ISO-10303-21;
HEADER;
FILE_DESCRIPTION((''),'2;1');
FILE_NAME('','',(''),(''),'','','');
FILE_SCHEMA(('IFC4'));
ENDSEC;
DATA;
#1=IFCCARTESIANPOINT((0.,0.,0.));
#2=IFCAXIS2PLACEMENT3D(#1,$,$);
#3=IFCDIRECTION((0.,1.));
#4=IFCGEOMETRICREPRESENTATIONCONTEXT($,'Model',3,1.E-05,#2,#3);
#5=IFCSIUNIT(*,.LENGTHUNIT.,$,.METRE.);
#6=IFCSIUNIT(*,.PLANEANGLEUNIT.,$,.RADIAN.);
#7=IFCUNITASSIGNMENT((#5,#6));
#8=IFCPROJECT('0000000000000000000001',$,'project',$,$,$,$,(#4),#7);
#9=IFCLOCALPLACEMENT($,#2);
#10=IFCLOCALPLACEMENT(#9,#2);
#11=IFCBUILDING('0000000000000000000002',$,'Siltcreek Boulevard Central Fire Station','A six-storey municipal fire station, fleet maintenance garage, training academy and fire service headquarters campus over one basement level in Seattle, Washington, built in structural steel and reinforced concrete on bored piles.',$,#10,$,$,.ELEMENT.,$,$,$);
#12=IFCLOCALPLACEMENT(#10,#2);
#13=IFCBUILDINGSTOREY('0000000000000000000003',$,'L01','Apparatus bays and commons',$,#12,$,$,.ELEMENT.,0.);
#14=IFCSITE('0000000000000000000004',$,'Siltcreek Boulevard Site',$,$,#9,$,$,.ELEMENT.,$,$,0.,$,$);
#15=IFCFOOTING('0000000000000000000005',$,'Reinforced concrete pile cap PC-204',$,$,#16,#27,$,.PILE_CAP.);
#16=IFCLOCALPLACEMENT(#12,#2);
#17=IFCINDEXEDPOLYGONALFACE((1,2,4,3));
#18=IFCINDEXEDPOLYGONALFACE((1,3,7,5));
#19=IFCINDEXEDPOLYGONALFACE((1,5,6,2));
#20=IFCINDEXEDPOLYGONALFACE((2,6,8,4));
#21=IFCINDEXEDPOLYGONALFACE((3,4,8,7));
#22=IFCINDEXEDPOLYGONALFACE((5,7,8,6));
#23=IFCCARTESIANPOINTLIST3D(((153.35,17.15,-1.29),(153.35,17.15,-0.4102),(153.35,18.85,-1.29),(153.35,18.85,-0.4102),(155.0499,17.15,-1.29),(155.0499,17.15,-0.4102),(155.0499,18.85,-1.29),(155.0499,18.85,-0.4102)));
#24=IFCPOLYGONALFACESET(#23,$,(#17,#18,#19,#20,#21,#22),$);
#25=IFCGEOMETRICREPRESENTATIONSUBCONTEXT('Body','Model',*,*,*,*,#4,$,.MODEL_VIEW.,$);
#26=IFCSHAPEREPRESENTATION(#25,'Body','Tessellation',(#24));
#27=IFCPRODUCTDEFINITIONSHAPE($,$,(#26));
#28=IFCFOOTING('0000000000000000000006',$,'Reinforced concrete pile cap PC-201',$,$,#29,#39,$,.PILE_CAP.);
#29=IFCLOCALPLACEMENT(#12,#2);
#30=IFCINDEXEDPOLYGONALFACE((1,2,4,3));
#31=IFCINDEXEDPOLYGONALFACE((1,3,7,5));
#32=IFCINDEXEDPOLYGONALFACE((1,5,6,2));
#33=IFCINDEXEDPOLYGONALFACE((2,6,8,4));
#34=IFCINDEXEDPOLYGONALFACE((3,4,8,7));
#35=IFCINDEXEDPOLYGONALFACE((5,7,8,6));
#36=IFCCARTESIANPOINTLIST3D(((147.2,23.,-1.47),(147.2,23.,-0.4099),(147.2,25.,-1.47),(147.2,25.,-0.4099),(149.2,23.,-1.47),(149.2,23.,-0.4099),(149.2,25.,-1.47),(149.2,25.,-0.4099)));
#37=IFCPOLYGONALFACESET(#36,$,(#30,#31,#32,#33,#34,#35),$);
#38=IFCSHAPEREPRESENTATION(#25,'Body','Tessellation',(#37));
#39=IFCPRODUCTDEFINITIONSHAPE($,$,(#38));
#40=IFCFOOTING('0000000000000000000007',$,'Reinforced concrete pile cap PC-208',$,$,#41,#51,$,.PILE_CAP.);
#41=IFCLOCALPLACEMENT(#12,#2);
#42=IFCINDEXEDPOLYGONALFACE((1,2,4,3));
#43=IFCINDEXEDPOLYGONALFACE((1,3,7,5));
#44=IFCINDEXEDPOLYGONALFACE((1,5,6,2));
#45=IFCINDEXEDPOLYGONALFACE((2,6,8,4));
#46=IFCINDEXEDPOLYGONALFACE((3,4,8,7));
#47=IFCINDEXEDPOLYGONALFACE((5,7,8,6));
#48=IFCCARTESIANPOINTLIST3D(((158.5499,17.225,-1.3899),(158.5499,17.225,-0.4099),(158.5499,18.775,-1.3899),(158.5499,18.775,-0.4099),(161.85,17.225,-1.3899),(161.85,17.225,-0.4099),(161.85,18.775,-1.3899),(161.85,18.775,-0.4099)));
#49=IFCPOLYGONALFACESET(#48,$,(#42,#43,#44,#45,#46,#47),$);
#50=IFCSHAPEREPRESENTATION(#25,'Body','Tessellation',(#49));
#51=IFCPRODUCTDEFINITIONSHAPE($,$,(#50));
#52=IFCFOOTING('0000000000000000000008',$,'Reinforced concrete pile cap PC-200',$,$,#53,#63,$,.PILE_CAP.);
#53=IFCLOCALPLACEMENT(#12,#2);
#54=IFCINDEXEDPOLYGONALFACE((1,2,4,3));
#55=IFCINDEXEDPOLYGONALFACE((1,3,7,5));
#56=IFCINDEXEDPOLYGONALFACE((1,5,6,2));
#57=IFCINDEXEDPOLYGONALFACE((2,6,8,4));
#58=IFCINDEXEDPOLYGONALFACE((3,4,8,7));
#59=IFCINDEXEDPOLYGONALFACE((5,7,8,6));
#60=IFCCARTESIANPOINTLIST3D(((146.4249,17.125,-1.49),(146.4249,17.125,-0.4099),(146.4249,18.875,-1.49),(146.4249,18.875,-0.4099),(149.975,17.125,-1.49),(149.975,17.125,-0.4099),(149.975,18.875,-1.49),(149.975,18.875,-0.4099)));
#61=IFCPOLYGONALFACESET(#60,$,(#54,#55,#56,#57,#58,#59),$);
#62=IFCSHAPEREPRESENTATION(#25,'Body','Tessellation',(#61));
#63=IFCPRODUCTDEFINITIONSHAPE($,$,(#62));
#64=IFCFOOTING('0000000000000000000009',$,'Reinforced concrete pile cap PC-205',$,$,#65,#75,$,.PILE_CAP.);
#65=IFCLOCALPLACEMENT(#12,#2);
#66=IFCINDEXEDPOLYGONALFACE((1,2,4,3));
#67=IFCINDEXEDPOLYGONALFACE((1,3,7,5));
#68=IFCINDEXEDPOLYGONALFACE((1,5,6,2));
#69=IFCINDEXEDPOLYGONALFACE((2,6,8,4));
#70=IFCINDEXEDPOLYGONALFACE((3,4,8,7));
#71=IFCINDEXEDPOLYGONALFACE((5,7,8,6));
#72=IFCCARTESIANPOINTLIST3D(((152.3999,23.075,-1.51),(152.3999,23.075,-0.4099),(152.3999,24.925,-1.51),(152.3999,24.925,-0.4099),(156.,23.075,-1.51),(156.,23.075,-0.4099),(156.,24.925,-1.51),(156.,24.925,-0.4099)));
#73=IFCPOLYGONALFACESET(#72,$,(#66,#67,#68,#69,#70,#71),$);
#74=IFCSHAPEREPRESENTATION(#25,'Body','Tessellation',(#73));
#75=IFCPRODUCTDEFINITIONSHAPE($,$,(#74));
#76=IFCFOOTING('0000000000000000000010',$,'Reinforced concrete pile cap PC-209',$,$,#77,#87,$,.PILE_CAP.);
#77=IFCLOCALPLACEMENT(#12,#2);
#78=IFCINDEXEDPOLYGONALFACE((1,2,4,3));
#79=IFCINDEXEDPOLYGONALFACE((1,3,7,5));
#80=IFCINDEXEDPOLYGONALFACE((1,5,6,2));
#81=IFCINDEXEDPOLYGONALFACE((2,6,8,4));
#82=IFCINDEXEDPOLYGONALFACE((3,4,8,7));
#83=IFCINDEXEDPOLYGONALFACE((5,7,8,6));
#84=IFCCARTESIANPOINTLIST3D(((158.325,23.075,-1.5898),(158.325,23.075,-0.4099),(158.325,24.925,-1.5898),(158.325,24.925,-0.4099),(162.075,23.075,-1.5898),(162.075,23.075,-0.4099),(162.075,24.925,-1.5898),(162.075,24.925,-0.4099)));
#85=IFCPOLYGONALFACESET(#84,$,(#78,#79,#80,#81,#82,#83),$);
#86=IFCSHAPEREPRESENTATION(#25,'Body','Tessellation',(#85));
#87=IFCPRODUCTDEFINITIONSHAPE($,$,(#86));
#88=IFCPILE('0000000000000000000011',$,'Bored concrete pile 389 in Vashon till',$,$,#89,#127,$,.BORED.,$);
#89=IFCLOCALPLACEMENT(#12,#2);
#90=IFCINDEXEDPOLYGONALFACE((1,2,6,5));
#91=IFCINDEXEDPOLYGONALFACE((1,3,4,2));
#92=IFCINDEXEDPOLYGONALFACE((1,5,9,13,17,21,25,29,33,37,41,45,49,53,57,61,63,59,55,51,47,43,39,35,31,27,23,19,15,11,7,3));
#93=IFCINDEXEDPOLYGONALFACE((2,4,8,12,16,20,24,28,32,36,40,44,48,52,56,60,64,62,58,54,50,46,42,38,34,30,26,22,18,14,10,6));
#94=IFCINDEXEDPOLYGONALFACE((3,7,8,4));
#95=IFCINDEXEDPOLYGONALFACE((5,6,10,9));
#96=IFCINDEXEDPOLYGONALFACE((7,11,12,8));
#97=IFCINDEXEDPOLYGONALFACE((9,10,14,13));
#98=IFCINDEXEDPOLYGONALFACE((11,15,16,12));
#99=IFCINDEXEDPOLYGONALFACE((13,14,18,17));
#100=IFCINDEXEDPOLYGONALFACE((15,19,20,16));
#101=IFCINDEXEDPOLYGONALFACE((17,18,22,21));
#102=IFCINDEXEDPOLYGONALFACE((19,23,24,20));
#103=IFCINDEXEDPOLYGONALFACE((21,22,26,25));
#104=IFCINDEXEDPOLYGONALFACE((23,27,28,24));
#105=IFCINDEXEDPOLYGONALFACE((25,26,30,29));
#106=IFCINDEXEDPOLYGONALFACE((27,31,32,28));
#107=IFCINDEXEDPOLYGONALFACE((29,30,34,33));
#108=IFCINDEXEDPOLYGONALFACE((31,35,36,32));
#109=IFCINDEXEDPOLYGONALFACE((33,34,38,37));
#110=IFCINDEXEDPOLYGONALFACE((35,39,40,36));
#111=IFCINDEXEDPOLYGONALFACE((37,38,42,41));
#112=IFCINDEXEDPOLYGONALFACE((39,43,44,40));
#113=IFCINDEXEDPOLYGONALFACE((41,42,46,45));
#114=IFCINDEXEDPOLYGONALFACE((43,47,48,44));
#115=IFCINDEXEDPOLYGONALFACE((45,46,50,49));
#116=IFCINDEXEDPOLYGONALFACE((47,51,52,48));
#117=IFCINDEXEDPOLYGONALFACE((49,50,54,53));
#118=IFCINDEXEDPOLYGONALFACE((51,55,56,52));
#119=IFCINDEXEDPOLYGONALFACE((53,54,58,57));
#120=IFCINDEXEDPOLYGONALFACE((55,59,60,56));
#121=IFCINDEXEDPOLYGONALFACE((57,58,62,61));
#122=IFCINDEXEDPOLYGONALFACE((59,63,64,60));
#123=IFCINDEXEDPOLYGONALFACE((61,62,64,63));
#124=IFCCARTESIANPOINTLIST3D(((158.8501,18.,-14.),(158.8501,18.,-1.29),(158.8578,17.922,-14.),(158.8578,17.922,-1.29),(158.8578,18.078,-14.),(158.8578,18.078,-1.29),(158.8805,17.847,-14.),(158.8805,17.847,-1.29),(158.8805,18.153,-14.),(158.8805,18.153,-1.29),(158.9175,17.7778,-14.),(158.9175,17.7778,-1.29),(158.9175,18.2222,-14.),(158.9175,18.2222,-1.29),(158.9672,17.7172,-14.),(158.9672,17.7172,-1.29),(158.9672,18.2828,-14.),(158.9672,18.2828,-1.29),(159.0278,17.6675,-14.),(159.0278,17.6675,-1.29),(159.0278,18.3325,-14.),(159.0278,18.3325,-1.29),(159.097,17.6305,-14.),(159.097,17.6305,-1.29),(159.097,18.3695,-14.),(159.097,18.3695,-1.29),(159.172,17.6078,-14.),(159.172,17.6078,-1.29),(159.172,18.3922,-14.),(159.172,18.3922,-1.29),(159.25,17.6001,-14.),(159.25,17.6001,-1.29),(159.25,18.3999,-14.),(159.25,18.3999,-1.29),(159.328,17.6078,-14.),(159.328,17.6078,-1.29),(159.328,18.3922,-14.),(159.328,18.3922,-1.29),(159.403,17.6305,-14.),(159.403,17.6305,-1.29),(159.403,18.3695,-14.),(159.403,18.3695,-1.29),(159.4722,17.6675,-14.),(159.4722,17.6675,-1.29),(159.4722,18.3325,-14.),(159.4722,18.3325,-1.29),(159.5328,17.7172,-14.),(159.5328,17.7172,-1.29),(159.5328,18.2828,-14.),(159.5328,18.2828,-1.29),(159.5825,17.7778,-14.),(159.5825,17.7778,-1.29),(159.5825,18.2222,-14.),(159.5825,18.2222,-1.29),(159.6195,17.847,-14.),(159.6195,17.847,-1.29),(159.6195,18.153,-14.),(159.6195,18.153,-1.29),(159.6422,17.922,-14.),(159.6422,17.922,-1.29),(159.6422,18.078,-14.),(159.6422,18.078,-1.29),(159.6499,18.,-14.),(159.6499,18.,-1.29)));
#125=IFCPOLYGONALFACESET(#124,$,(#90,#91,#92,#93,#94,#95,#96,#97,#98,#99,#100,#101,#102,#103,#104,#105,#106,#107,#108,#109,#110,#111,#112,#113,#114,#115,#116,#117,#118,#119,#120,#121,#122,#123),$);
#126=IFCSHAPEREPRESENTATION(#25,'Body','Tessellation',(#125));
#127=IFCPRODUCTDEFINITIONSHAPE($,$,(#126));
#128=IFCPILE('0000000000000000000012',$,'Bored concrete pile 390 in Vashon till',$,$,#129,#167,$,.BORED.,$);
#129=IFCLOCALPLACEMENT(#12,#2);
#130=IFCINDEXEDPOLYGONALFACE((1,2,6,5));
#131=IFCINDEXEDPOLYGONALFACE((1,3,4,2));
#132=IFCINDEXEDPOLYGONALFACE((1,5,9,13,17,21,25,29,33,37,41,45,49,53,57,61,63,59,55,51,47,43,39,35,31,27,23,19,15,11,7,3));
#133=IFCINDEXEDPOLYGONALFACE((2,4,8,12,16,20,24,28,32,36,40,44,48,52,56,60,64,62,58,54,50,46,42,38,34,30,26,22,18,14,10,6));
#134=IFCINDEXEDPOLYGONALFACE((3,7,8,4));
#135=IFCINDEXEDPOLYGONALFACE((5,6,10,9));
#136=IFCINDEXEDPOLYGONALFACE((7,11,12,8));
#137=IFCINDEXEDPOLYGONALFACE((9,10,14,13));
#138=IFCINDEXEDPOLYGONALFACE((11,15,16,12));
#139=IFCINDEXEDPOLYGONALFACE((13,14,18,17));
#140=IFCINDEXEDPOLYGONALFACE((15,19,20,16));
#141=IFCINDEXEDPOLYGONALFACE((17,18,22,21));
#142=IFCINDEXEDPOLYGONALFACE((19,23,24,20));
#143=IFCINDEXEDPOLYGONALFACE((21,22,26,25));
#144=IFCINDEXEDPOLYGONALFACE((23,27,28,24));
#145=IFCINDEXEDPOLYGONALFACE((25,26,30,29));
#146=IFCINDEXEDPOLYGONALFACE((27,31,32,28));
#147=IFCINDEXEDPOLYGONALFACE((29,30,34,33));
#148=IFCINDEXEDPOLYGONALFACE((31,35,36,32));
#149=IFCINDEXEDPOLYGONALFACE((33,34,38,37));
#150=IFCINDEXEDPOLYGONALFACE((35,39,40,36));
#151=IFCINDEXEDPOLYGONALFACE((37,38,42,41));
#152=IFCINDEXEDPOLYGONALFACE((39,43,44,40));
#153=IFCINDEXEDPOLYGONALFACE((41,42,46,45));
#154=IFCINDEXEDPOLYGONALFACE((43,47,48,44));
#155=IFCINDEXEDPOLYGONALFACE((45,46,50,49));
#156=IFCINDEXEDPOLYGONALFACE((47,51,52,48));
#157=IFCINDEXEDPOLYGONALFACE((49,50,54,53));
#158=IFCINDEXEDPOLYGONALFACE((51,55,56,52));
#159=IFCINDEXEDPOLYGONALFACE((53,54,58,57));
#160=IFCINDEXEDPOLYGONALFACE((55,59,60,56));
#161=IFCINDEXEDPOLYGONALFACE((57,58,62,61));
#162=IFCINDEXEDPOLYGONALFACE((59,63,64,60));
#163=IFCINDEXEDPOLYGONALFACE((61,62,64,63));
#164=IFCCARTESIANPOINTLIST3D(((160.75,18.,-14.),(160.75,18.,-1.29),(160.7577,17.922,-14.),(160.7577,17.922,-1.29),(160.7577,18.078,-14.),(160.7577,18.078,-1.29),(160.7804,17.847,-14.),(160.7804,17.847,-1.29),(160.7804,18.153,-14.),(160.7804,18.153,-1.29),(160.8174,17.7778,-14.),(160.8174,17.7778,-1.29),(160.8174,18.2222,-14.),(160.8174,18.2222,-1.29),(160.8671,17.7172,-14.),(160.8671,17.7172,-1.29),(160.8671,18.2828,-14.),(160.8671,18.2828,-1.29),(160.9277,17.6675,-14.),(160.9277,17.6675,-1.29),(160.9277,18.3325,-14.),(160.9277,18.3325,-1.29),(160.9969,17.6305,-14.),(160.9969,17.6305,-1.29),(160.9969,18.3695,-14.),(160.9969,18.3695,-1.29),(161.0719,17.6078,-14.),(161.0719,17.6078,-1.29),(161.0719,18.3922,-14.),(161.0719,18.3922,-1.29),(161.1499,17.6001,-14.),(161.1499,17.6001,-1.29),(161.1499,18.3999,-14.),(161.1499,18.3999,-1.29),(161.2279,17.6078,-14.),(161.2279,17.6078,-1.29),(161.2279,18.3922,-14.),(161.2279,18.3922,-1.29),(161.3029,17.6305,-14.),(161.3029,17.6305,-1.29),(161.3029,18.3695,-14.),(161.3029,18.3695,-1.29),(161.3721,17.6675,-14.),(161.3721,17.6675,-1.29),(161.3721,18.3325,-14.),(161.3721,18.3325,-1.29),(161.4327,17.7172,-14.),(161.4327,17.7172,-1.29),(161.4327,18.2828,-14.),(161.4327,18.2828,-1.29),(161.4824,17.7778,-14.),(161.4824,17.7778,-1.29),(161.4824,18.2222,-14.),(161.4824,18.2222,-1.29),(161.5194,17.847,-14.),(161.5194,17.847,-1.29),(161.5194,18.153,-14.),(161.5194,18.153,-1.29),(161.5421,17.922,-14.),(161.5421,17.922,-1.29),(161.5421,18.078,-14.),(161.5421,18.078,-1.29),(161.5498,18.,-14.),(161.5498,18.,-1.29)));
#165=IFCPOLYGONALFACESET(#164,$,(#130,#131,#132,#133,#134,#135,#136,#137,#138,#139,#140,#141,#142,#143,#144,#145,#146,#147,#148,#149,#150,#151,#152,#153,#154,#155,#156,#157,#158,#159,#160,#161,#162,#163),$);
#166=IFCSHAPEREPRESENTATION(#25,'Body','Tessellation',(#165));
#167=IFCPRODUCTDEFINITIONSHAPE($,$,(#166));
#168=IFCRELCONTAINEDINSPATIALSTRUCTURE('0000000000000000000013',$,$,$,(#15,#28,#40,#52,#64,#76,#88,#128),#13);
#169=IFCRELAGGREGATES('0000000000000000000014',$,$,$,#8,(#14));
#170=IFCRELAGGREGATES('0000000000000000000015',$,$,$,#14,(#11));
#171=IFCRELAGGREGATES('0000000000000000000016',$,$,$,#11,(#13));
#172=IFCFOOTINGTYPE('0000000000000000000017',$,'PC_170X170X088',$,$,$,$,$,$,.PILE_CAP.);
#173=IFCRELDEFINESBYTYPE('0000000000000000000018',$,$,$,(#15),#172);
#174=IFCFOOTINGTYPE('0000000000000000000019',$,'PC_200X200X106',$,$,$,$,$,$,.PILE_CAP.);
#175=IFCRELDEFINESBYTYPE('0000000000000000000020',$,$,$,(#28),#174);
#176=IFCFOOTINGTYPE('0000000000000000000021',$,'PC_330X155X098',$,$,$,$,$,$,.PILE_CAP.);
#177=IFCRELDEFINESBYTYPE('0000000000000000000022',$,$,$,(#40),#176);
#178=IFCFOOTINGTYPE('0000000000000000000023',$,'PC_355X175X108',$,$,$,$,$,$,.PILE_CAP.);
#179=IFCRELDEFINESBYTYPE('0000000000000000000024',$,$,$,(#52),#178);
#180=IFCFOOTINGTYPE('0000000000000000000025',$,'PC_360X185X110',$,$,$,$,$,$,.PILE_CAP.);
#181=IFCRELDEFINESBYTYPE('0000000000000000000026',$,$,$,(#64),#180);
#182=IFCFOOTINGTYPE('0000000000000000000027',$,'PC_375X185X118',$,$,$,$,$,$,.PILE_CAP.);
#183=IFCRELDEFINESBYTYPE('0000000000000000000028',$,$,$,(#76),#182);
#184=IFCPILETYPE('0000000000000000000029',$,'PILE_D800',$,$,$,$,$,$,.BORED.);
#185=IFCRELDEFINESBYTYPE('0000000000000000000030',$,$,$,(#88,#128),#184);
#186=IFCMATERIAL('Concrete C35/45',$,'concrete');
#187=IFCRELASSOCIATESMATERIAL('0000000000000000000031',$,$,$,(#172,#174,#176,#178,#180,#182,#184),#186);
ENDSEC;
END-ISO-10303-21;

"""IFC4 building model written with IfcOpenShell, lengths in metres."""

from ifc_helpers import new_model, si_unit, direction, frame, origin, origin_2d, place, context, subcontext, project, spatial, rectangle, circle, extrude, material, material_profile, profile_set, type_object, element, save


model = new_model("IFC4")

# Units and contexts
model_context = context("Model", 3, precision=1e-05, world=origin(), true_north=direction((0.0, 1.0)))
body_context = subcontext(model_context, "Body", "Model", "MODEL_VIEW")
ifc_project = project(units=[si_unit("LENGTHUNIT", "METRE"), si_unit("PLANEANGLEUNIT", "RADIAN")], contexts=[model_context])

# Site, building, storey
site_placement = place(None, origin())
site = spatial("IfcSite", under=ifc_project, at=site_placement, Name="Siltcreek Boulevard Site", CompositionType="ELEMENT", RefElevation=0.0)
building_placement = place(site_placement, origin())
building = spatial("IfcBuilding", under=site, at=building_placement, Name="Siltcreek Boulevard Central Fire Station", Description="A six-storey municipal fire station, fleet maintenance garage, training academy and fire service headquarters campus over one basement level in Seattle, Washington, built in structural steel and reinforced concrete on bored piles.", CompositionType="ELEMENT")
storey_placement = place(building_placement, origin())
storey = spatial("IfcBuildingStorey", under=building, at=storey_placement, Name="L01", Description="Apparatus bays and commons", CompositionType="ELEMENT", Elevation=0.0)

# Footings
ifc_material_1 = material(Name="Concrete C35/45", Category="concrete")
footing_type_1 = type_object("IfcFootingType", Name="PC_170X170X088", PredefinedType="PILE_CAP", material=ifc_material_1)
footing_1_placement = place(storey_placement, frame((154.2, 18.0, -1.29), z_axis=(0.0, 0.0, 1.0), x_axis=(1.0, 0.0, 0.0)))
element("IfcFooting", 1, at=footing_1_placement, inside=storey, type_object=footing_type_1, Name="Reinforced concrete pile cap PC-204", PredefinedType="PILE_CAP", context=body_context, shape_type="SweptSolid", body=[
    extrude(rectangle(XDim=1.7, YDim=1.7, at=origin_2d()), origin(), (0.0, 0.0, 1.0), 0.8799),
])
footing_type_2 = type_object("IfcFootingType", Name="PC_200X200X106", PredefinedType="PILE_CAP", material=ifc_material_1)
footing_2_placement = place(storey_placement, frame((148.2, 24.0, -1.47), z_axis=(0.0, 0.0, 1.0), x_axis=(1.0, 0.0, 0.0)))
element("IfcFooting", 2, at=footing_2_placement, inside=storey, type_object=footing_type_2, Name="Reinforced concrete pile cap PC-201", PredefinedType="PILE_CAP", context=body_context, shape_type="SweptSolid", body=[
    extrude(rectangle(XDim=2.0, YDim=2.0, at=origin_2d()), origin(), (0.0, 0.0, 1.0), 1.0601),
])
footing_type_3 = type_object("IfcFootingType", Name="PC_330X155X098", PredefinedType="PILE_CAP", material=ifc_material_1)
footing_3_placement = place(storey_placement, frame((160.2, 18.0, -1.3899), z_axis=(0.0, 0.0, 1.0), x_axis=(1.0, 0.0, 0.0)))
element("IfcFooting", 3, at=footing_3_placement, inside=storey, type_object=footing_type_3, Name="Reinforced concrete pile cap PC-208", PredefinedType="PILE_CAP", context=body_context, shape_type="SweptSolid", body=[
    extrude(rectangle(XDim=3.3, YDim=1.55, at=origin_2d()), origin(), (0.0, 0.0, 1.0), 0.98),
])
footing_type_4 = type_object("IfcFootingType", Name="PC_355X175X108", PredefinedType="PILE_CAP", material=ifc_material_1)
footing_4_placement = place(storey_placement, frame((148.2, 18.0, -1.49), z_axis=(0.0, 0.0, 1.0), x_axis=(1.0, 0.0, 0.0)))
element("IfcFooting", 4, at=footing_4_placement, inside=storey, type_object=footing_type_4, Name="Reinforced concrete pile cap PC-200", PredefinedType="PILE_CAP", context=body_context, shape_type="SweptSolid", body=[
    extrude(rectangle(XDim=3.55, YDim=1.75, at=origin_2d()), origin(), (0.0, 0.0, 1.0), 1.0801),
])
footing_type_5 = type_object("IfcFootingType", Name="PC_360X185X110", PredefinedType="PILE_CAP", material=ifc_material_1)
footing_5_placement = place(storey_placement, frame((154.2, 24.0, -1.51), z_axis=(0.0, 0.0, 1.0), x_axis=(1.0, 0.0, 0.0)))
element("IfcFooting", 5, at=footing_5_placement, inside=storey, type_object=footing_type_5, Name="Reinforced concrete pile cap PC-205", PredefinedType="PILE_CAP", context=body_context, shape_type="SweptSolid", body=[
    extrude(rectangle(XDim=3.6001, YDim=1.8501, at=origin_2d()), origin(), (0.0, 0.0, 1.0), 1.1001),
])
footing_type_6 = type_object("IfcFootingType", Name="PC_375X185X118", PredefinedType="PILE_CAP", material=ifc_material_1)
footing_6_placement = place(storey_placement, frame((160.2, 24.0, -1.5898), z_axis=(0.0, 0.0, 1.0), x_axis=(1.0, 0.0, 0.0)))
element("IfcFooting", 6, at=footing_6_placement, inside=storey, type_object=footing_type_6, Name="Reinforced concrete pile cap PC-209", PredefinedType="PILE_CAP", context=body_context, shape_type="SweptSolid", body=[
    extrude(rectangle(XDim=3.75, YDim=1.8501, at=origin_2d()), origin(), (0.0, 0.0, 1.0), 1.1799),
])

# Piles
ifc_material_profile_1 = material_profile(ifc_material_1, circle(Radius=0.3999, at=origin_2d()), Name="SHAFT800")
ifc_profile_set_1 = profile_set([ifc_material_profile_1], Name="Concrete C35/45")
pile_type_1 = type_object("IfcPileType", Name="PILE_D800", PredefinedType="BORED", material=ifc_profile_set_1)
for number, where, z_axis, x_axis, name in (
    (7, (159.25, 18.0, -1.29), (0.0, 0.0, -1.0), (1.0, 0.0, 0.0), "Bored concrete pile 389 in Vashon till"),
    (8, (161.1499, 18.0, -1.29), (0.0, 0.0, -1.0), (1.0, 0.0, 0.0), "Bored concrete pile 390 in Vashon till"),
):
    element("IfcPile", number, at=place(storey_placement, frame(where, z_axis=z_axis, x_axis=x_axis)), inside=storey, type_object=pile_type_1, Name=name, PredefinedType="BORED", context=body_context, shape_type="SweptSolid", body=[
        extrude(circle(Radius=0.3999, at=origin_2d()), origin(), (0.0, 0.0, 1.0), 12.71),
    ])

save(model, "model.ifc")
